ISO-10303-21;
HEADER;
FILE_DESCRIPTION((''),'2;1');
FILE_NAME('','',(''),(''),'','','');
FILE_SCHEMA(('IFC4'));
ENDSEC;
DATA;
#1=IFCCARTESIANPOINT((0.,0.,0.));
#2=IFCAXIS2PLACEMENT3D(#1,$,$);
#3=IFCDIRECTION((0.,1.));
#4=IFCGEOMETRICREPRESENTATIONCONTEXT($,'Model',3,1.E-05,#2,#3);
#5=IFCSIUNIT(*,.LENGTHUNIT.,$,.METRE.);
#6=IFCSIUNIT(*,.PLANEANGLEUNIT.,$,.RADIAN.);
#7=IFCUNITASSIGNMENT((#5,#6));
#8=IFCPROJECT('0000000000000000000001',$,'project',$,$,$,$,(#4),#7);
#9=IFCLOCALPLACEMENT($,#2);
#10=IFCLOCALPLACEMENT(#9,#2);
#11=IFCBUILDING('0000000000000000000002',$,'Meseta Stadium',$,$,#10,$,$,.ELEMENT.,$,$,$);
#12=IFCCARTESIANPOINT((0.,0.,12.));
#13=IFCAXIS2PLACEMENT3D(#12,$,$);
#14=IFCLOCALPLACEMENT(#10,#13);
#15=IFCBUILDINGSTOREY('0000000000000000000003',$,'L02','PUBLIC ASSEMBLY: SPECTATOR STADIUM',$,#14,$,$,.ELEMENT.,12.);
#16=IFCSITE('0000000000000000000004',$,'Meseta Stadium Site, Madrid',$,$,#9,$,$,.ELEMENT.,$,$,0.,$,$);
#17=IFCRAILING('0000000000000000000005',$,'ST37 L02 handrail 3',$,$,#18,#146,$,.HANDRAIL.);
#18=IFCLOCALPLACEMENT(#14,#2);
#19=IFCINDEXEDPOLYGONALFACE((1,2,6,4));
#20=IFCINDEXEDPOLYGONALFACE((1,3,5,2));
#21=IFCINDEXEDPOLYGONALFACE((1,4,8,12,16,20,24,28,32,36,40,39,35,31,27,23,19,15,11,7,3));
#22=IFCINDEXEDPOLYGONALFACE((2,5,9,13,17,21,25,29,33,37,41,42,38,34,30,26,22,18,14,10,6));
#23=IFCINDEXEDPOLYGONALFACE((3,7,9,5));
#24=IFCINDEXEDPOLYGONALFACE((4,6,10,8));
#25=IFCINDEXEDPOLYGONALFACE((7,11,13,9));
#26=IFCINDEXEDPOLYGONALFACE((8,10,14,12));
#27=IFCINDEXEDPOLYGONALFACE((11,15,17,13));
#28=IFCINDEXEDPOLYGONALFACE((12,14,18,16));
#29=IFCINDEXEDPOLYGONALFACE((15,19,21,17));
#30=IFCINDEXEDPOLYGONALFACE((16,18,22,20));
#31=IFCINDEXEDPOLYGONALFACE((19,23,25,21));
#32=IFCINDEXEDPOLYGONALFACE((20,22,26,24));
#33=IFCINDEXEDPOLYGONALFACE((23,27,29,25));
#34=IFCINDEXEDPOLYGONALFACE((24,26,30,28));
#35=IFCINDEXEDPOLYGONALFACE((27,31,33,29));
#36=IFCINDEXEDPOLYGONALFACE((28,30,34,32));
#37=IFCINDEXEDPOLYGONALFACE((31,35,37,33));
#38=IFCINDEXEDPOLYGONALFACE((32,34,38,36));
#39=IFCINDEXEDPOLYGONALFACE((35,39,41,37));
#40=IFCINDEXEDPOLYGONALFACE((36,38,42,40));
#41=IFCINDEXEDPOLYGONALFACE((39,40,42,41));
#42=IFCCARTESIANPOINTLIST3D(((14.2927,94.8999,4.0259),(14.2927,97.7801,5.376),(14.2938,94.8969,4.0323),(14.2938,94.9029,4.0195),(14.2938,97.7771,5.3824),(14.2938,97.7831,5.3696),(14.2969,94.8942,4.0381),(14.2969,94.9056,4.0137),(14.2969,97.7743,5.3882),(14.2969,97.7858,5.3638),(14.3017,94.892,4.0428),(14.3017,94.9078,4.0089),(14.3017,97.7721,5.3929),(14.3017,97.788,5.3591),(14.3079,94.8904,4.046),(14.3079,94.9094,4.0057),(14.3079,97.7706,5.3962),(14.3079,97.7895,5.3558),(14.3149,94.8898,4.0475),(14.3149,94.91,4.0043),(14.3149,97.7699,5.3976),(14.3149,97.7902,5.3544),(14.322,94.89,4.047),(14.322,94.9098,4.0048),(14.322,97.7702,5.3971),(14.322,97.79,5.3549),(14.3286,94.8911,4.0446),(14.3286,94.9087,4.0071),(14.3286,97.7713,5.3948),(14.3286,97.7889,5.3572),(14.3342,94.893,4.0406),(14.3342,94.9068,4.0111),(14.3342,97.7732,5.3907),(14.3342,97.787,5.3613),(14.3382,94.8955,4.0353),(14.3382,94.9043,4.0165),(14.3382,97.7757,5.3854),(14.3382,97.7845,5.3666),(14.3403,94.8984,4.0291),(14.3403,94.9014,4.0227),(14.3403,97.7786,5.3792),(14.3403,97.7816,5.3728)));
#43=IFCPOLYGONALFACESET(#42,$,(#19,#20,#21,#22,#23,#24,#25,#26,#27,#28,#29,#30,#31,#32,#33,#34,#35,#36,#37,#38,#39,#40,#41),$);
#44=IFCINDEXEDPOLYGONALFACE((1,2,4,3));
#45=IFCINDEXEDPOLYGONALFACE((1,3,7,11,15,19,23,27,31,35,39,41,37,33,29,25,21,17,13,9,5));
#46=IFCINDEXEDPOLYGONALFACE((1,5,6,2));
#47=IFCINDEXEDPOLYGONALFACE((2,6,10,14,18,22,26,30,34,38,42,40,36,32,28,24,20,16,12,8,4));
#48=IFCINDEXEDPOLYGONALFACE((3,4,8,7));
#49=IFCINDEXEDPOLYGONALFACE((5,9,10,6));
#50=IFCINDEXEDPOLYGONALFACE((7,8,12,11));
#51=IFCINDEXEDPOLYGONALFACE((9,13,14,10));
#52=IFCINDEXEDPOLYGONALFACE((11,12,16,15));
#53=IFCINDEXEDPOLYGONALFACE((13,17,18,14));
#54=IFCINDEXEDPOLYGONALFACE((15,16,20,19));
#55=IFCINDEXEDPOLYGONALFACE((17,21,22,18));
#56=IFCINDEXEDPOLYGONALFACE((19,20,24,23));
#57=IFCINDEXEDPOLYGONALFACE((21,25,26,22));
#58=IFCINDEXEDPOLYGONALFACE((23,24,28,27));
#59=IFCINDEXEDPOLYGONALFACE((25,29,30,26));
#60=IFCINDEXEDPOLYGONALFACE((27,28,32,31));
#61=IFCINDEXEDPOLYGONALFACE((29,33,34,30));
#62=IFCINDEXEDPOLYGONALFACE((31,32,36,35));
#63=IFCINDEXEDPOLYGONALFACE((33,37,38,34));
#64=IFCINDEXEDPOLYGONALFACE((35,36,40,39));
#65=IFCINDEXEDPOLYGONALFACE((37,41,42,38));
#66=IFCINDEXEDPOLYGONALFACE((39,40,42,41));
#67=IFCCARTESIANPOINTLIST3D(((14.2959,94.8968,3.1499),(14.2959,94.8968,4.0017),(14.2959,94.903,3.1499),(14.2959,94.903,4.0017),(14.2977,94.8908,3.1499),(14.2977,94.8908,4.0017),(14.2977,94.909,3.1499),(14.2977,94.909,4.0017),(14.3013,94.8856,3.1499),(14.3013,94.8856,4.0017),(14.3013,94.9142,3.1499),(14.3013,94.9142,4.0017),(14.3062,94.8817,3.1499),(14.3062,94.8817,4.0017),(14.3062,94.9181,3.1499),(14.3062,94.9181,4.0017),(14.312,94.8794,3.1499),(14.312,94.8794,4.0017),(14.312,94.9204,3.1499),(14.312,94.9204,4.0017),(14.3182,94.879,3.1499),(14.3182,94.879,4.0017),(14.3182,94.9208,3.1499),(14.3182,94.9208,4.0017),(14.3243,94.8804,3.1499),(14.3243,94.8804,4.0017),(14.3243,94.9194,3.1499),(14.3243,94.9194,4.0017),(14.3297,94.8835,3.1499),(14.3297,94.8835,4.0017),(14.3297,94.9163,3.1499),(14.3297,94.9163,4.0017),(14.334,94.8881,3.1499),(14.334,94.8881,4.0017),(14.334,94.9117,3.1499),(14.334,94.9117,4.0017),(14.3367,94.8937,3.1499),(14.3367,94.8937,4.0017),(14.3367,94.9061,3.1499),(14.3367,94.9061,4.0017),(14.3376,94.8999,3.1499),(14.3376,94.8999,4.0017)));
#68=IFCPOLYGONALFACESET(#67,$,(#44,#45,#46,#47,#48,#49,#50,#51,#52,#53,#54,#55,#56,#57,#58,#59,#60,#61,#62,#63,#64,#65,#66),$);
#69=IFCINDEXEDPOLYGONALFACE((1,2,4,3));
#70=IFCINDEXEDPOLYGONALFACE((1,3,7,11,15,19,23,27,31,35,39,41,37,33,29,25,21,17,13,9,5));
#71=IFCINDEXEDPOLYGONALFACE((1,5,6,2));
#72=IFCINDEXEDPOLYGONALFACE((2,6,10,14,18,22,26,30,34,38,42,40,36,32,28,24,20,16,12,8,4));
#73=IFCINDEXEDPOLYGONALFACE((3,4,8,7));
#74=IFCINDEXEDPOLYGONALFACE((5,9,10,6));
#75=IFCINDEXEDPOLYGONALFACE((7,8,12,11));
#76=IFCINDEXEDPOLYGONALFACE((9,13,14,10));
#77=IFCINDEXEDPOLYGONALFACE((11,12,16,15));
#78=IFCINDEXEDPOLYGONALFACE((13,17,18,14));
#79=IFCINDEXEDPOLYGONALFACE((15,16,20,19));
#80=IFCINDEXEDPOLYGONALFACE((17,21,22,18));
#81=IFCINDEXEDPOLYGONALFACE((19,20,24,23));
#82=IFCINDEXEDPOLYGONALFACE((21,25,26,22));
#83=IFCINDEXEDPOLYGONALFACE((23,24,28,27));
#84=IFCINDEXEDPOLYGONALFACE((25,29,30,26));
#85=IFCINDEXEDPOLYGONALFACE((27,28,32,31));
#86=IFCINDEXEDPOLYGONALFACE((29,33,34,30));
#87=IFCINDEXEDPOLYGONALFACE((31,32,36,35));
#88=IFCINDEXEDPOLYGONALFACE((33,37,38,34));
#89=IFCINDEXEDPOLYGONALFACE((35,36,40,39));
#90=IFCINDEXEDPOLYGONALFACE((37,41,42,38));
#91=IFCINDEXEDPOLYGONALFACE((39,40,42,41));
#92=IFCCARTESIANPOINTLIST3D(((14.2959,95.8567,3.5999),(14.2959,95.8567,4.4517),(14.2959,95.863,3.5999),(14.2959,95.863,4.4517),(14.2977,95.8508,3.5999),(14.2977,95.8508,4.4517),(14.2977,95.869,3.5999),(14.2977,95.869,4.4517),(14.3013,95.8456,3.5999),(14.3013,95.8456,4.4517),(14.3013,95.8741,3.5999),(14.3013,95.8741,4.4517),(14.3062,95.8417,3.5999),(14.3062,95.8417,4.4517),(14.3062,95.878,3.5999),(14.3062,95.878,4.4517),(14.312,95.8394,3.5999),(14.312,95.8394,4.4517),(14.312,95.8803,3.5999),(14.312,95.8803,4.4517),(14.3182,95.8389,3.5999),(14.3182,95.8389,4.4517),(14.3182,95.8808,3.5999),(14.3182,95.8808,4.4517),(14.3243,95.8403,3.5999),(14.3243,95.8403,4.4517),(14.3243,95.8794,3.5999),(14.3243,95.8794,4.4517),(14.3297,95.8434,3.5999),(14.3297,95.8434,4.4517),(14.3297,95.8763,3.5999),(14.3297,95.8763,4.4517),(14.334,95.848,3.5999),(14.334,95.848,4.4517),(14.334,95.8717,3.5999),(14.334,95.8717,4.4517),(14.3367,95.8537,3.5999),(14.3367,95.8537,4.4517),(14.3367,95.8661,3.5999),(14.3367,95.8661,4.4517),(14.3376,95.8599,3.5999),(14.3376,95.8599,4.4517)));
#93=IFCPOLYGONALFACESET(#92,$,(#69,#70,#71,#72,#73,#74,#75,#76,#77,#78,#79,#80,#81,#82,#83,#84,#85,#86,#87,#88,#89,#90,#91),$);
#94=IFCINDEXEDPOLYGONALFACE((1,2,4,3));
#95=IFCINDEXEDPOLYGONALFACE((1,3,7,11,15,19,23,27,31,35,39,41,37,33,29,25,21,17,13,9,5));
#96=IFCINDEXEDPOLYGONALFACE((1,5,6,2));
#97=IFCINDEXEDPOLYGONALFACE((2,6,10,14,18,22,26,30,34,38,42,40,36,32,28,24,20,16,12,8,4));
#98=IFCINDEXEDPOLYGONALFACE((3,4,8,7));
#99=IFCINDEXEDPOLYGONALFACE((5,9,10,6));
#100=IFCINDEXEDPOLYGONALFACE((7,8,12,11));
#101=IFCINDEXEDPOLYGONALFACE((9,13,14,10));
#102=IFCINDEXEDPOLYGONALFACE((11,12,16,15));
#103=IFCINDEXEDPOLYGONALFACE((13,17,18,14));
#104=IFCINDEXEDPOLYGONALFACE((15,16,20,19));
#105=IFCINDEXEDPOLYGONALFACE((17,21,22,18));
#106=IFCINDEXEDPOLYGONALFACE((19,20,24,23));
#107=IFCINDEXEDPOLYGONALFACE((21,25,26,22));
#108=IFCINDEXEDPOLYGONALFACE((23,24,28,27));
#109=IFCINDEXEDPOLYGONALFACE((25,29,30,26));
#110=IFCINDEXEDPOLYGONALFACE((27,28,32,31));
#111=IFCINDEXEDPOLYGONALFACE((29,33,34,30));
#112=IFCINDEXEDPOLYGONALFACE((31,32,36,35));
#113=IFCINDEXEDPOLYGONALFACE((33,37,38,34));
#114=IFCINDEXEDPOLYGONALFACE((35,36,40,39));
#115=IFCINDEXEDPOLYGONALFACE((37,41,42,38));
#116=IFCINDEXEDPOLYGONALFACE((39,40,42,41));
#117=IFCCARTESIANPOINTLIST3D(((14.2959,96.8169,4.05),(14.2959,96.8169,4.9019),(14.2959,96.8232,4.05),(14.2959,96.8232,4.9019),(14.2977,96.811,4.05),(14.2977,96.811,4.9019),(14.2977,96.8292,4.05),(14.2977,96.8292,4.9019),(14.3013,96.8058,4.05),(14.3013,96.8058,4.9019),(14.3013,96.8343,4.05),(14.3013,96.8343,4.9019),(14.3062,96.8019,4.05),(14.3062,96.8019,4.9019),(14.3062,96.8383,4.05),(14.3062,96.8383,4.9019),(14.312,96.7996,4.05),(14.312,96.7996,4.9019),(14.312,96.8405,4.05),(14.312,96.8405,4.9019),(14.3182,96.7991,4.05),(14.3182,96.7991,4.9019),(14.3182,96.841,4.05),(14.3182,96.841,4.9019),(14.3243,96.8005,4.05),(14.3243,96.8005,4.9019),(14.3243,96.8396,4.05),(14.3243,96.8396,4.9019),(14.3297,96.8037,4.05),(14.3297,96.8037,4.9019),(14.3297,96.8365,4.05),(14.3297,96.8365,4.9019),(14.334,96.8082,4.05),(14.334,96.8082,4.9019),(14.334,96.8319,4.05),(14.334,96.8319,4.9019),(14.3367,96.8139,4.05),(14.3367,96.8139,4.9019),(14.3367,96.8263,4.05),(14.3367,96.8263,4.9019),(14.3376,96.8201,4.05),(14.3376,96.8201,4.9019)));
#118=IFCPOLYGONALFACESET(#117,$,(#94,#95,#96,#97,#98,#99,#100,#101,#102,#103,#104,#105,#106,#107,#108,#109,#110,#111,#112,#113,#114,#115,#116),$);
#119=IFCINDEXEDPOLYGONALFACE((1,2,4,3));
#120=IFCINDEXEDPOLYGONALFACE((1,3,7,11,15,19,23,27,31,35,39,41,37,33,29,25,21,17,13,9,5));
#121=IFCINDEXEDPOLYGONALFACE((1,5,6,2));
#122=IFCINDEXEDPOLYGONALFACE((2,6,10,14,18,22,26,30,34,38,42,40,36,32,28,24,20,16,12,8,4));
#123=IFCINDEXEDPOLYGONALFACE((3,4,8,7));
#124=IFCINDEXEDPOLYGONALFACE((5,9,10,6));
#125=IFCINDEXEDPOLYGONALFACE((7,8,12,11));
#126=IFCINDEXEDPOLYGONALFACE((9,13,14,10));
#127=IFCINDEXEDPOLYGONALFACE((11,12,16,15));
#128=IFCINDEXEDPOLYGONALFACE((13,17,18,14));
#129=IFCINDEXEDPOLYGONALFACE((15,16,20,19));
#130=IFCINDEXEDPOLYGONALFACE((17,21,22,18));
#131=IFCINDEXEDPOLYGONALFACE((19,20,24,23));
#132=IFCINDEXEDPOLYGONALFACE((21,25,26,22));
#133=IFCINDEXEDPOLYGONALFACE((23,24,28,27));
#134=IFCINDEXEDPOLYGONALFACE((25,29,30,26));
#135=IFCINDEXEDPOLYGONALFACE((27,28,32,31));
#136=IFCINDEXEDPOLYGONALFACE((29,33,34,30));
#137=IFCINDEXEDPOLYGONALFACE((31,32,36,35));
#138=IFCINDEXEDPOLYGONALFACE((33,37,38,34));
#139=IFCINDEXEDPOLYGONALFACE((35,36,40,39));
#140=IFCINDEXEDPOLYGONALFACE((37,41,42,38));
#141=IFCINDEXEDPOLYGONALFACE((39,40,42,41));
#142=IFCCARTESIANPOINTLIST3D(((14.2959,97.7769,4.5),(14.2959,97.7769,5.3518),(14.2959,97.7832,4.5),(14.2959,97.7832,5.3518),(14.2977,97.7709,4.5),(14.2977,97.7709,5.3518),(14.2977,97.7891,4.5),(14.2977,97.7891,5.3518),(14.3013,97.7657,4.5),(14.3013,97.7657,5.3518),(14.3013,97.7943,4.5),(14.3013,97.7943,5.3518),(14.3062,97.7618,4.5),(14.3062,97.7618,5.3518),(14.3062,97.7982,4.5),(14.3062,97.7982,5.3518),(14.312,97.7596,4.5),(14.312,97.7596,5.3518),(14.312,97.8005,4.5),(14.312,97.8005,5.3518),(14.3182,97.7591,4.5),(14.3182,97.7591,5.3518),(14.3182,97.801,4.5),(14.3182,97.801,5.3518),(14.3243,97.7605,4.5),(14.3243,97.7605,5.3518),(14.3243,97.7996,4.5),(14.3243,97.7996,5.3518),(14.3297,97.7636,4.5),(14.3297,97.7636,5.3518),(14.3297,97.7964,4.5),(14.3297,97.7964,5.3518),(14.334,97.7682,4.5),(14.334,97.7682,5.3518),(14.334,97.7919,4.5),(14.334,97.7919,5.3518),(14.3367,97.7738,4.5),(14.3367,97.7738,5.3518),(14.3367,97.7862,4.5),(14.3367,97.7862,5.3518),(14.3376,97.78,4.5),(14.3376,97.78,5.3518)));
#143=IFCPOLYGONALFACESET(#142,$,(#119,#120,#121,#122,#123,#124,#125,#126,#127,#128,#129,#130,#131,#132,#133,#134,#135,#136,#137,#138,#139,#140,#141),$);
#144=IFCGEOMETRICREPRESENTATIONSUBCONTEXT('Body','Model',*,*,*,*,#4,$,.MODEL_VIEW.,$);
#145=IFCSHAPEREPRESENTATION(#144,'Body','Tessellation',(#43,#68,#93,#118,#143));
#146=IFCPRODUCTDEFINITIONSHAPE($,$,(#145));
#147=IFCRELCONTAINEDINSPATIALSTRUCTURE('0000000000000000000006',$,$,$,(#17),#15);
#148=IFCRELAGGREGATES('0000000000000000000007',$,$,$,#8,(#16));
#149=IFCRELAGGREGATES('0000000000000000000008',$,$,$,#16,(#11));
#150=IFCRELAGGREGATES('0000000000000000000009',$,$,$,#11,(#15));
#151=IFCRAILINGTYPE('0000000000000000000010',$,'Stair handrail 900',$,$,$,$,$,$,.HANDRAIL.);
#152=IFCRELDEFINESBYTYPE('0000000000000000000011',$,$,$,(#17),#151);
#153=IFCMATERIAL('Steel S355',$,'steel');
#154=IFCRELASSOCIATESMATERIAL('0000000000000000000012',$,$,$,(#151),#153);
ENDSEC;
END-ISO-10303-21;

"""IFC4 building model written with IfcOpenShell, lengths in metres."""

from ifc_helpers import new_model, si_unit, direction, frame, origin, origin_2d, place, context, subcontext, project, spatial, circle, extrude, material, type_object, element, save


model = new_model("IFC4")

# Units and contexts
model_context = context("Model", 3, precision=1e-05, world=origin(), true_north=direction((0.0, 1.0)))
body_context = subcontext(model_context, "Body", "Model", "MODEL_VIEW")
ifc_project = project(units=[si_unit("LENGTHUNIT", "METRE"), si_unit("PLANEANGLEUNIT", "RADIAN")], contexts=[model_context])

# Site, building, storey
site_placement = place(None, origin())
site = spatial("IfcSite", under=ifc_project, at=site_placement, Name="Meseta Stadium Site, Madrid", CompositionType="ELEMENT", RefElevation=0.0)
building_placement = place(site_placement, origin())
building = spatial("IfcBuilding", under=site, at=building_placement, Name="Meseta Stadium", CompositionType="ELEMENT")
storey_placement = place(building_placement, frame((0.0, 0.0, 12.0)))
storey = spatial("IfcBuildingStorey", under=building, at=storey_placement, Name="L02", Description="PUBLIC ASSEMBLY: SPECTATOR STADIUM", CompositionType="ELEMENT", Elevation=12.0)

# Railing
ifc_material_1 = material(Name="Steel S355", Category="steel")
railing_type_1 = type_object("IfcRailingType", Name="Stair handrail 900", PredefinedType="HANDRAIL", material=ifc_material_1)
railing_1_placement = place(storey_placement, frame((14.3167, 94.8999, 3.1499)))
element("IfcRailing", 1, at=railing_1_placement, inside=storey, type_object=railing_type_1, Name="ST37 L02 handrail 3", PredefinedType="HANDRAIL", context=body_context, shape_type="SweptSolid", body=[
    extrude(circle(Radius=0.0239, at=origin_2d()), frame((0.0, 0.0, 0.876), z_axis=(0.0, 0.905454, 0.424444), x_axis=(-1.0, 0.0, 0.0)), (0.0, 0.0, 1.0), 3.1809),
    extrude(circle(Radius=0.021, at=origin_2d()), origin(), (0.0, 0.0, 1.0), 0.8518),
    extrude(circle(Radius=0.021, at=origin_2d()), frame((0.0, 0.96, 0.45)), (0.0, 0.0, 1.0), 0.8518),
    extrude(circle(Radius=0.021, at=origin_2d()), frame((0.0, 1.9202, 0.9001)), (0.0, 0.0, 1.0), 0.8518),
    extrude(circle(Radius=0.021, at=origin_2d()), frame((0.0, 2.8801, 1.3501)), (0.0, 0.0, 1.0), 0.8518),
])

save(model, "model.ifc")
